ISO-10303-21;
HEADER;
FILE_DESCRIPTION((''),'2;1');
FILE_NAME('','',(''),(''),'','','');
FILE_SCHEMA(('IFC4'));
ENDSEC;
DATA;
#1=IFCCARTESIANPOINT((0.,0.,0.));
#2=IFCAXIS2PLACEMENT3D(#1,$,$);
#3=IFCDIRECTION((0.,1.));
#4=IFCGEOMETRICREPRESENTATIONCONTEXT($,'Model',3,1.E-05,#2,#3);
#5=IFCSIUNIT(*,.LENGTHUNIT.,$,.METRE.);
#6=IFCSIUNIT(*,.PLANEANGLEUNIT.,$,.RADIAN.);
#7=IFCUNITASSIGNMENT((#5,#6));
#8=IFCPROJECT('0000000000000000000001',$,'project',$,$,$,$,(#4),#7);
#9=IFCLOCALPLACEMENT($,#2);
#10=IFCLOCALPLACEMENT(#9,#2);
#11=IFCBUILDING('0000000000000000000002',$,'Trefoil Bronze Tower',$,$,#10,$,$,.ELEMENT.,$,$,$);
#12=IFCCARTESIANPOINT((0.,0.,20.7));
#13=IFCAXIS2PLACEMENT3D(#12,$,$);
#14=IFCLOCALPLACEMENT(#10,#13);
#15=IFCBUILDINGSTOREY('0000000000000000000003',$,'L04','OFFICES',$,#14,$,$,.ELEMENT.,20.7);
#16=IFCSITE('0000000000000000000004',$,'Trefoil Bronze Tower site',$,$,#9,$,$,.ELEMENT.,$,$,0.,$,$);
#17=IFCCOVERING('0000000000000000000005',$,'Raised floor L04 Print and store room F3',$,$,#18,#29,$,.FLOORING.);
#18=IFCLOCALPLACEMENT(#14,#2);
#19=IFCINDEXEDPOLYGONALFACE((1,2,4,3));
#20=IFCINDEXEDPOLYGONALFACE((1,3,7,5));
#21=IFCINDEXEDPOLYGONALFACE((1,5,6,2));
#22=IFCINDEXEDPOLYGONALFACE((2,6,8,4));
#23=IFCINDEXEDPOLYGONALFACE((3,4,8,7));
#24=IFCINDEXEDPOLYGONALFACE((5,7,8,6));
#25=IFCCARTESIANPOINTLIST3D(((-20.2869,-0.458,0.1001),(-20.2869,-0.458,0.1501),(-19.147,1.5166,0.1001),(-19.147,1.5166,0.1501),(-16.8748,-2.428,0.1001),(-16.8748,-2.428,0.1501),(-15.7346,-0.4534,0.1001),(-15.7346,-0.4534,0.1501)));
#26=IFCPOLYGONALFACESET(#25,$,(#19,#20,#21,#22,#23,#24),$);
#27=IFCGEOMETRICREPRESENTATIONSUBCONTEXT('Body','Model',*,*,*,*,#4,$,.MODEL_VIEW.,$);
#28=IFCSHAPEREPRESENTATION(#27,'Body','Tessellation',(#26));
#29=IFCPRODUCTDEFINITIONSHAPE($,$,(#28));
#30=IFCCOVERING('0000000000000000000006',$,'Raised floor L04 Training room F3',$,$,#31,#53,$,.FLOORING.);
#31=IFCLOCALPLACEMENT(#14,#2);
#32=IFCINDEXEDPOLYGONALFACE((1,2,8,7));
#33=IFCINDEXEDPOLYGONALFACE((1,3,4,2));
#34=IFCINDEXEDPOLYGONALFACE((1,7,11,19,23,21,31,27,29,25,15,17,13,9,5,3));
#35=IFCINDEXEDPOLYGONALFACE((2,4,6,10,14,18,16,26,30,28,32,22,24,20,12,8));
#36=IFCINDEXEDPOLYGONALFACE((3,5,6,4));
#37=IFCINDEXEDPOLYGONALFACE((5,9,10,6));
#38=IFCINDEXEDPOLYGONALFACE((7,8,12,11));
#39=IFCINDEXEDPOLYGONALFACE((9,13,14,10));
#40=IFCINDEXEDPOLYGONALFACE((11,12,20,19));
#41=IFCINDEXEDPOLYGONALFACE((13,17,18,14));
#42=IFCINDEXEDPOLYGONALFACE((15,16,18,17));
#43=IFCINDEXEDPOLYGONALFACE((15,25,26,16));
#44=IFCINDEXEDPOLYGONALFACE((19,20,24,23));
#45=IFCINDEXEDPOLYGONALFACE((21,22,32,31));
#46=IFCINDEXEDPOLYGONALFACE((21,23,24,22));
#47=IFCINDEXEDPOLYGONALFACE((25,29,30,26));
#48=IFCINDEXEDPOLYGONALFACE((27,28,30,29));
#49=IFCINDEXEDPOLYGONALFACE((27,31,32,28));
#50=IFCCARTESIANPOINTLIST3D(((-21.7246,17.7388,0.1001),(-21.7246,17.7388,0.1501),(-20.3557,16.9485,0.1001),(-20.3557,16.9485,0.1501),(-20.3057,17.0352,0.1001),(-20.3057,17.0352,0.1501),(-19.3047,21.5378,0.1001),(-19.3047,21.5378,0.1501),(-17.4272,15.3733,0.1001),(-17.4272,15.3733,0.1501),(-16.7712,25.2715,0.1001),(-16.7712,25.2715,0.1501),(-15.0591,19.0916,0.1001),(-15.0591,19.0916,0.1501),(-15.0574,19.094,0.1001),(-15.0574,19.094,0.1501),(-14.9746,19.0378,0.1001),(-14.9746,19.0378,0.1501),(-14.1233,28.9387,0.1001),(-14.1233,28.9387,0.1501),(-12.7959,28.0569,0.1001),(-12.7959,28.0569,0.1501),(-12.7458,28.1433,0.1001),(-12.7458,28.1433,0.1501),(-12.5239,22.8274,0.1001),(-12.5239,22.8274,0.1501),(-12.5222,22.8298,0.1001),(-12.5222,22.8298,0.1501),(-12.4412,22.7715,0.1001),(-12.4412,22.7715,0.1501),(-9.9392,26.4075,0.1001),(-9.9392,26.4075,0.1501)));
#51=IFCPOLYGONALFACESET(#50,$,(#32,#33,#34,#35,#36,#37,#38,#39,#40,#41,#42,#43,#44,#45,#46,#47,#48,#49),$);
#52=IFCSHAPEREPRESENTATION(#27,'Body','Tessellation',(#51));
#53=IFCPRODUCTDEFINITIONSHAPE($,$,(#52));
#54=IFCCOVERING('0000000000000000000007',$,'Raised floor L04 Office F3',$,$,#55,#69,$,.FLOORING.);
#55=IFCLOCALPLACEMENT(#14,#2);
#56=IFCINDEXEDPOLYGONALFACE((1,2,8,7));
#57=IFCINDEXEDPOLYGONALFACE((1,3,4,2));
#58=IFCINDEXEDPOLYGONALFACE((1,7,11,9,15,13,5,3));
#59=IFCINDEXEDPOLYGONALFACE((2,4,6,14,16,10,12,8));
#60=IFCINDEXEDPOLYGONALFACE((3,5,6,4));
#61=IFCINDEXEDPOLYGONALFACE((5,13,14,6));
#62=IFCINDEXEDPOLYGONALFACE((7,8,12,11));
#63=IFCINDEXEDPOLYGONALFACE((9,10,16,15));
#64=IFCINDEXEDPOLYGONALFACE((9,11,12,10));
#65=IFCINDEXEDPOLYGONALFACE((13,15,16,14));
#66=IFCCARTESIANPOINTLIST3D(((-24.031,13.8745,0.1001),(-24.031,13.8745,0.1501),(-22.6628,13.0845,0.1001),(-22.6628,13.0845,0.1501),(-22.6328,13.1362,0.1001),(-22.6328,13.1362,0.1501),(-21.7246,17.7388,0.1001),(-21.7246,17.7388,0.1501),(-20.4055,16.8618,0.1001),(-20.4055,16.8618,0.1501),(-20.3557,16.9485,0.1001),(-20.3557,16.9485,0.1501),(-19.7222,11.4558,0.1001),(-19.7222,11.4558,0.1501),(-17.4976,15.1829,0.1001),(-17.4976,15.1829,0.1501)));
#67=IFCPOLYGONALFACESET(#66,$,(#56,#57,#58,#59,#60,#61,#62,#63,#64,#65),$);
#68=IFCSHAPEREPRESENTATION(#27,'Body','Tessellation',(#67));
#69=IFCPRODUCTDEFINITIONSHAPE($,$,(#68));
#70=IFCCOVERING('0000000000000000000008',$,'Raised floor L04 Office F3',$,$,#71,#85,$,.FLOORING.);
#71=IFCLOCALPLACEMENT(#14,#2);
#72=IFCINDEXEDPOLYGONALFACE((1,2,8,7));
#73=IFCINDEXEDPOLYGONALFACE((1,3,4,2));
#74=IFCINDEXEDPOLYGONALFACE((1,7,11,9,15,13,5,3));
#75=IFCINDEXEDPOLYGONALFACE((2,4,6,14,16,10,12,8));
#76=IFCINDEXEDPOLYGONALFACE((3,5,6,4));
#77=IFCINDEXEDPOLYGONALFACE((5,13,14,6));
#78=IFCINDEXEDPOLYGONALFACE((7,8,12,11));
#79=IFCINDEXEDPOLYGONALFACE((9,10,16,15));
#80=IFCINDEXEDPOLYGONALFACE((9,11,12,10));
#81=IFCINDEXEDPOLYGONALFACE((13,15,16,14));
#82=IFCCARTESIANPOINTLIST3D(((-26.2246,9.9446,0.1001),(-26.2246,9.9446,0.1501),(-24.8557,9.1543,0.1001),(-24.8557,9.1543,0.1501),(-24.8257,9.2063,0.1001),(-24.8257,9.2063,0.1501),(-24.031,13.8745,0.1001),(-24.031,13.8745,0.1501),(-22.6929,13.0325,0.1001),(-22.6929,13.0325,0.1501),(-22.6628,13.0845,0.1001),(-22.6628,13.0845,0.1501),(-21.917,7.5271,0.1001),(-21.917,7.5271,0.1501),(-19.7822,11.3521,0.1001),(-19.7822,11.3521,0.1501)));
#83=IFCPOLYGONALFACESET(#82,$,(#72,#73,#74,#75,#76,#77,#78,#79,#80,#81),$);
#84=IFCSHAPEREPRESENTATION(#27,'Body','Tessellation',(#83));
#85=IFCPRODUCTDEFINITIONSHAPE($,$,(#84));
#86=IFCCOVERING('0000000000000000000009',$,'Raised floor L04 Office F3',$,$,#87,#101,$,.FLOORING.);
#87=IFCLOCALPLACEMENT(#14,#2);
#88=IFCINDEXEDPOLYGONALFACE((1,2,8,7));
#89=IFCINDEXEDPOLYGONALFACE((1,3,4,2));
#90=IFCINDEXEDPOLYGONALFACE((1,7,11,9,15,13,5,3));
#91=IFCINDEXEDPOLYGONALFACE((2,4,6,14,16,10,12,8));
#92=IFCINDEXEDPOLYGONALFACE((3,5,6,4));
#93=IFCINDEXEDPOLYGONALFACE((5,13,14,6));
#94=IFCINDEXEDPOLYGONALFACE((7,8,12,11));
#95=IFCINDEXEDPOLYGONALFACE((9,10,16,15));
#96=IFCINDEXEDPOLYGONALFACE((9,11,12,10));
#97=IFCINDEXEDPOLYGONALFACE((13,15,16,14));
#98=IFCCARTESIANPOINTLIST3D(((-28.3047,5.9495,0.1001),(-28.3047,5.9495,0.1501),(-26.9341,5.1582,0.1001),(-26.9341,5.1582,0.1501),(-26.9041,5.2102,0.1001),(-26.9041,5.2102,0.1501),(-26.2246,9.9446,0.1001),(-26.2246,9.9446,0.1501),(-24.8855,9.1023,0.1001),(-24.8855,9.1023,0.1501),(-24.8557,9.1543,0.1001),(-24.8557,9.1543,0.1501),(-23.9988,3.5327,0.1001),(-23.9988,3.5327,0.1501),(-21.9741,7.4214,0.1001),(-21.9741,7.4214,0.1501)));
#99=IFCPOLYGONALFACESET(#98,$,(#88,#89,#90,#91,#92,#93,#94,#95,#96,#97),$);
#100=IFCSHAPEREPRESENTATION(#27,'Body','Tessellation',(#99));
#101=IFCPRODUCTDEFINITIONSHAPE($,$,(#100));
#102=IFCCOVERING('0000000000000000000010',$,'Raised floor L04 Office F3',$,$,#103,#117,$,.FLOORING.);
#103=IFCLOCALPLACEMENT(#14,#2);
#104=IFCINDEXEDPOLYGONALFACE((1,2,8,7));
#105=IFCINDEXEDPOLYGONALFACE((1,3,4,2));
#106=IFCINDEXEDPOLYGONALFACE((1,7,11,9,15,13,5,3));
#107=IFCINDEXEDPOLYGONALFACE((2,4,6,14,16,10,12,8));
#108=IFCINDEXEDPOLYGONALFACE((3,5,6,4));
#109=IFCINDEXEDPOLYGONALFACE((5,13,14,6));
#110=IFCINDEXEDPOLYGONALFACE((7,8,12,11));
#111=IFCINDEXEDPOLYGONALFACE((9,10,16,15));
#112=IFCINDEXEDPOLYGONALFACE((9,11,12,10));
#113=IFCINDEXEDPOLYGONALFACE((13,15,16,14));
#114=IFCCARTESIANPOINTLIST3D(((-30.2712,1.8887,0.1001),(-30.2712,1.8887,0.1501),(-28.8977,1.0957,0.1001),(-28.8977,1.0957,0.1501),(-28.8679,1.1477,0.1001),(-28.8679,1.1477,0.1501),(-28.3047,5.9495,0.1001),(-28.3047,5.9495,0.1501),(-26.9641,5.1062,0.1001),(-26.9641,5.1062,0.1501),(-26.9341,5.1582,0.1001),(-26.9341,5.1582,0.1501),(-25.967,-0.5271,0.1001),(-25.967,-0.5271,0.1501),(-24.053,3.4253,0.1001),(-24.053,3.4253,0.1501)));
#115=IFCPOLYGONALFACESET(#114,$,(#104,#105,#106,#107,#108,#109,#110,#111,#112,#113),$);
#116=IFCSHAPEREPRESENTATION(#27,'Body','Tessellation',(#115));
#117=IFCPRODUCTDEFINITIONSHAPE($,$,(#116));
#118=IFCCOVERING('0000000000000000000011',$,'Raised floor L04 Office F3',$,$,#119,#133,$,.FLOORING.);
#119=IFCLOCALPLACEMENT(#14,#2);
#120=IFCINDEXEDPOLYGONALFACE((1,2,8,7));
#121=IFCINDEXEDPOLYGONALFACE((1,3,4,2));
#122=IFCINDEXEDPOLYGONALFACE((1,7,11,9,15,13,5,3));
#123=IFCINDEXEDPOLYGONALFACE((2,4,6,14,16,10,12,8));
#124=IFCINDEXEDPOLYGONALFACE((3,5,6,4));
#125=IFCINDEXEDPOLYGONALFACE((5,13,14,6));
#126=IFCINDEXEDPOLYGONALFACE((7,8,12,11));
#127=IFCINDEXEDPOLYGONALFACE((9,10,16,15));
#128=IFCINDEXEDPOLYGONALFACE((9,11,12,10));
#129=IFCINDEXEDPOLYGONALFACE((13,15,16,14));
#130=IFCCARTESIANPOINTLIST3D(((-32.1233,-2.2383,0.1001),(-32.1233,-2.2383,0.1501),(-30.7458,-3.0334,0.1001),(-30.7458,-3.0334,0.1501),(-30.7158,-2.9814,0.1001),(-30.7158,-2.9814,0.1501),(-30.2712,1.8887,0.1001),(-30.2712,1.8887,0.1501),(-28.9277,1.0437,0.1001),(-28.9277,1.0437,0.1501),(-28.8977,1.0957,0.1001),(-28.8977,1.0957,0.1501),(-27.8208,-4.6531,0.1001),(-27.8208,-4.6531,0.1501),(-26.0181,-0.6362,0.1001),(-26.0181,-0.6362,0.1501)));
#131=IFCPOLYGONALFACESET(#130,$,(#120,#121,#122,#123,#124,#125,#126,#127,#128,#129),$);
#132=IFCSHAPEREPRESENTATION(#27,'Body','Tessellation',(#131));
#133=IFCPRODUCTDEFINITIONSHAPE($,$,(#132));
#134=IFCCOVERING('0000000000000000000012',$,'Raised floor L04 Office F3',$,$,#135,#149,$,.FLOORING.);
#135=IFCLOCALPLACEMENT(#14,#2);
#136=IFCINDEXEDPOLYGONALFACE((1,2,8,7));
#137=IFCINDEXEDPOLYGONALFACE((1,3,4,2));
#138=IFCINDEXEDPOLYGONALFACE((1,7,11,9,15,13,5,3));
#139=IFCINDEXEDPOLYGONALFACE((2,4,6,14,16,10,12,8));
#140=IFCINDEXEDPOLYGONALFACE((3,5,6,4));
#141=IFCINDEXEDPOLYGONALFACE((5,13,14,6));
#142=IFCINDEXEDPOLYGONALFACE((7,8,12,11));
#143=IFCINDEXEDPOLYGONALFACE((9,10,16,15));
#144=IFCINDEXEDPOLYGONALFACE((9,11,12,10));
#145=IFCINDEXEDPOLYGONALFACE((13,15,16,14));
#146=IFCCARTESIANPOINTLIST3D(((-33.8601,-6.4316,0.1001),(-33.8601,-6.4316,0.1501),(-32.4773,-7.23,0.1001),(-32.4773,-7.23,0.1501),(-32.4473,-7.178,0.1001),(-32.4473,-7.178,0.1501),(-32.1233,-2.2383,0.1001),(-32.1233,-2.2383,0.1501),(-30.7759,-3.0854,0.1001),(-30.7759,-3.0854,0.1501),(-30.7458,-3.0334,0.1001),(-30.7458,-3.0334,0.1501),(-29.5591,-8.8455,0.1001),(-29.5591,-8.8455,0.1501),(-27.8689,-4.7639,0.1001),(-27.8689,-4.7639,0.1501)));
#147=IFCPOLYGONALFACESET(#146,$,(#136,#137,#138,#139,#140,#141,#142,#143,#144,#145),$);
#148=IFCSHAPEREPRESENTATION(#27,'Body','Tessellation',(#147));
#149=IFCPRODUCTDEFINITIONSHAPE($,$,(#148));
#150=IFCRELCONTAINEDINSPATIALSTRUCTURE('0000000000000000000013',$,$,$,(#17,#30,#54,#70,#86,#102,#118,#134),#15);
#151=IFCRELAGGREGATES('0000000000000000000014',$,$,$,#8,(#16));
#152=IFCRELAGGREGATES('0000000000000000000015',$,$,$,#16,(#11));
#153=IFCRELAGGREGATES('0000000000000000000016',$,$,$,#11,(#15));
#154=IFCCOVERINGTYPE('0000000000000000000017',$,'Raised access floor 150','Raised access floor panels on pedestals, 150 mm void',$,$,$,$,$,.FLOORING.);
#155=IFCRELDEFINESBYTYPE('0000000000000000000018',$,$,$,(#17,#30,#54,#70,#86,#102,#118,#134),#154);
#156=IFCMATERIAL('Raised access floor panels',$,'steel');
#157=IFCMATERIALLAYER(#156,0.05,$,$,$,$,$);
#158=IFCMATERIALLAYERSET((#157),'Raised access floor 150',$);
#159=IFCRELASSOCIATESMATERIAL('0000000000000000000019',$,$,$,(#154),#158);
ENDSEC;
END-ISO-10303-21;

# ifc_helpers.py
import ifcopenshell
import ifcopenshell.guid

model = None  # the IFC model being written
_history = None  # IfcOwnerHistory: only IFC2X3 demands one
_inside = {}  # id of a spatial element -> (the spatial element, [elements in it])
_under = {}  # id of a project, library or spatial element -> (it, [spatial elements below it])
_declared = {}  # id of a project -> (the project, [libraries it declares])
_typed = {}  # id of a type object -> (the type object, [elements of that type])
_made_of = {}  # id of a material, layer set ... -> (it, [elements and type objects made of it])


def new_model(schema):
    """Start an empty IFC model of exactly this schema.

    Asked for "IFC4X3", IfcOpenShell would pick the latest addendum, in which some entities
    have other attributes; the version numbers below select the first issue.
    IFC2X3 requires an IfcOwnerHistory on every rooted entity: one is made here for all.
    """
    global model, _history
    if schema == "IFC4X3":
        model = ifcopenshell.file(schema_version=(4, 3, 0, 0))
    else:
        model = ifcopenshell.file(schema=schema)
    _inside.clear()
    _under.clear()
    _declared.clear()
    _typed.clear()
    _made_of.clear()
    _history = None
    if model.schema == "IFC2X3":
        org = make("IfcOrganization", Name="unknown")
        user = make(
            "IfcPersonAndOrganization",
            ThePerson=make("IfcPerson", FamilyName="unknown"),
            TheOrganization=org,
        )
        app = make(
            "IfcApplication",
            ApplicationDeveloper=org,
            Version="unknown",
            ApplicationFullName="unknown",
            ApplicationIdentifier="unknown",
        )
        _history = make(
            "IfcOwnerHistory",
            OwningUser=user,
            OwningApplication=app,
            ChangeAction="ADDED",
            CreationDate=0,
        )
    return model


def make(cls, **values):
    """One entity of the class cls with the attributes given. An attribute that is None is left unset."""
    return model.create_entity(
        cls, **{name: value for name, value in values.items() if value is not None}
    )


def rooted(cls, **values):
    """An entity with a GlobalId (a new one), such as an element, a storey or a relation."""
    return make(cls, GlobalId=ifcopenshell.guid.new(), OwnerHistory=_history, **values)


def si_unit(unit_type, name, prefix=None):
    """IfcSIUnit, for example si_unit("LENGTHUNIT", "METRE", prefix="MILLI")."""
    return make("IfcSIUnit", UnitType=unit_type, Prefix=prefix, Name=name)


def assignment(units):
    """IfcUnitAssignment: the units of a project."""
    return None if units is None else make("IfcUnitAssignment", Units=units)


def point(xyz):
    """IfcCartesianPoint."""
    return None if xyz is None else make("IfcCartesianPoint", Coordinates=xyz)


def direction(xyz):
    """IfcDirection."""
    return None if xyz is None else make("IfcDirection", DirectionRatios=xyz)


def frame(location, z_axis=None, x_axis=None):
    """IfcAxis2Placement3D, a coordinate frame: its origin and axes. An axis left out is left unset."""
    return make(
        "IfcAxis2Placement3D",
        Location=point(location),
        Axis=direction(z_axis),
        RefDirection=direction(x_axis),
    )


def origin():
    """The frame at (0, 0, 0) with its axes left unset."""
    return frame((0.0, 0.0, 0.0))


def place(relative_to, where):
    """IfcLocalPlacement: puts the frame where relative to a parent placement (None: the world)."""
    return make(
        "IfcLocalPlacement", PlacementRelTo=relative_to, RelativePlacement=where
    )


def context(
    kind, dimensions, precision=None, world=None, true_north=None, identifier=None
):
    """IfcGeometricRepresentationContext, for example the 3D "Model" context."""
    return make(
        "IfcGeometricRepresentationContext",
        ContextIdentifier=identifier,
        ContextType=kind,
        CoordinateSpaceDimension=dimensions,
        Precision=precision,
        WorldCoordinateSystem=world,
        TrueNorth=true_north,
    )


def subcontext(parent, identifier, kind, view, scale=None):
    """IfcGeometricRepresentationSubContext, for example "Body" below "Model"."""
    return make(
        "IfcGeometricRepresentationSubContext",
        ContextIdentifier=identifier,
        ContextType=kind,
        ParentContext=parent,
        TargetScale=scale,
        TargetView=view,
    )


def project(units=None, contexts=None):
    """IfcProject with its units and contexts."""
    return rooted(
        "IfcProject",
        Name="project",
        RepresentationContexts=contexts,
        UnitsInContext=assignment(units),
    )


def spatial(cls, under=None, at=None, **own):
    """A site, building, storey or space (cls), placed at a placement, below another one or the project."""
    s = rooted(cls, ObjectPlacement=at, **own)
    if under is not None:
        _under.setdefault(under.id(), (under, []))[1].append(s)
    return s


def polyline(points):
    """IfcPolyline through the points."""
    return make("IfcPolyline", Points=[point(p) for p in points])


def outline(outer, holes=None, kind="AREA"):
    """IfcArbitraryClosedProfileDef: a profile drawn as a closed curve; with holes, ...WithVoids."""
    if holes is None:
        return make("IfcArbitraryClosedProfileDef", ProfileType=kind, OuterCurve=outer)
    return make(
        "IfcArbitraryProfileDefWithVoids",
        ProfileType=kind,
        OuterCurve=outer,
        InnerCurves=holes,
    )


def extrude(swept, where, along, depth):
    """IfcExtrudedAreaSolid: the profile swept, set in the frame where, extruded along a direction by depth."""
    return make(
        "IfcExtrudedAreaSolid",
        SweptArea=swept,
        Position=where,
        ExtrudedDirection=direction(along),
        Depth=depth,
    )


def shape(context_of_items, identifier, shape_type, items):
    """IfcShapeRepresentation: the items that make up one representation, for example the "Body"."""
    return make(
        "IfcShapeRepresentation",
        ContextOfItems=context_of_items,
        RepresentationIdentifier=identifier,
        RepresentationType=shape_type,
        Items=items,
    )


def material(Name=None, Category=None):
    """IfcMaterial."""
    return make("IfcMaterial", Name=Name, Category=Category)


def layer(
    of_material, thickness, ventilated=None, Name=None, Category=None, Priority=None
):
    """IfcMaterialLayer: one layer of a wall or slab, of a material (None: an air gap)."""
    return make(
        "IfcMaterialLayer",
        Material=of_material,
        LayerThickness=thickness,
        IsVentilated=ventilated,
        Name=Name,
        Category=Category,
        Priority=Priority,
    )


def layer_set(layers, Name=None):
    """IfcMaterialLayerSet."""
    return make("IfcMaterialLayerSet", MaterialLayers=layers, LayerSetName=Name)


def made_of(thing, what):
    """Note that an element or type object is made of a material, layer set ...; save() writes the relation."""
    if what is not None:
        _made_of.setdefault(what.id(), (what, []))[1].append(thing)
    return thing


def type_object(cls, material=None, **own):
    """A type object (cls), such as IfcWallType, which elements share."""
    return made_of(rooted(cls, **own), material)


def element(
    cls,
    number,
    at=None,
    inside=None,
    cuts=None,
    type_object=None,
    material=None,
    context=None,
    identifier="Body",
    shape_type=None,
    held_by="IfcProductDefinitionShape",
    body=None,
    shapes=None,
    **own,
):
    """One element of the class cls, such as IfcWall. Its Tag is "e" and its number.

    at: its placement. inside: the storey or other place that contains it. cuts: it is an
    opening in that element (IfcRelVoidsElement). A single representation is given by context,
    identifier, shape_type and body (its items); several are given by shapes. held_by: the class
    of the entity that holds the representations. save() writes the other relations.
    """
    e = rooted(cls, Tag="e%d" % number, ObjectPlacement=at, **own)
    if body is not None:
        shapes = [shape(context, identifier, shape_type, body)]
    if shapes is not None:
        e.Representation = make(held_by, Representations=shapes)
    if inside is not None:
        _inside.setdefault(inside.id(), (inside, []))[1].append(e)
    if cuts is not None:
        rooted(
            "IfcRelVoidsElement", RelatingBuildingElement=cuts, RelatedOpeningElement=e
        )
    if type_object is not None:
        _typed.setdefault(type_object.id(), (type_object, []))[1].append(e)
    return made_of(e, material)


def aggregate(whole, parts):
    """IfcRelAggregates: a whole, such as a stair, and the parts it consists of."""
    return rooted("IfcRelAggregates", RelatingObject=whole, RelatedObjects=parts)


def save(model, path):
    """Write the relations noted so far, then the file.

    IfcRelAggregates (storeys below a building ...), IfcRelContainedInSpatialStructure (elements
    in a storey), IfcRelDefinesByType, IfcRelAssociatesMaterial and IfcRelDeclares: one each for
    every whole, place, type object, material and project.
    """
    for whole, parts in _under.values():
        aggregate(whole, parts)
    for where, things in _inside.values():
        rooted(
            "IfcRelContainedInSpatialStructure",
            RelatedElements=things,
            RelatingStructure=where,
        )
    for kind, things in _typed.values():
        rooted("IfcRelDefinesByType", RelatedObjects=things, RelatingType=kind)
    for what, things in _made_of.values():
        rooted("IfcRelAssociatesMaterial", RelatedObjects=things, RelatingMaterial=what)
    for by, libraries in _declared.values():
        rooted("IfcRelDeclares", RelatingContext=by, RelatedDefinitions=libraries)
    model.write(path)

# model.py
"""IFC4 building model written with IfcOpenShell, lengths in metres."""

from ifc_helpers import new_model, si_unit, direction, frame, origin, place, context, subcontext, project, spatial, polyline, outline, extrude, material, layer, layer_set, type_object, element, save


model = new_model("IFC4")

# Units and contexts
model_context = context("Model", 3, precision=1e-05, world=origin(), true_north=direction((0.0, 1.0)))
body_context = subcontext(model_context, "Body", "Model", "MODEL_VIEW")
ifc_project = project(units=[si_unit("LENGTHUNIT", "METRE"), si_unit("PLANEANGLEUNIT", "RADIAN")], contexts=[model_context])

# Site, building, storey
site_placement = place(None, origin())
site = spatial("IfcSite", under=ifc_project, at=site_placement, Name="Trefoil Bronze Tower site", CompositionType="ELEMENT", RefElevation=0.0)
building_placement = place(site_placement, origin())
building = spatial("IfcBuilding", under=site, at=building_placement, Name="Trefoil Bronze Tower", CompositionType="ELEMENT")
storey_placement = place(building_placement, frame((0.0, 0.0, 20.7)))
storey = spatial("IfcBuildingStorey", under=building, at=storey_placement, Name="L04", Description="OFFICES", CompositionType="ELEMENT", Elevation=20.7)

# Coverings
ifc_material_1 = material(Name="Raised access floor panels", Category="steel")
ifc_layer_1 = layer(ifc_material_1, 0.05)
ifc_layer_set_1 = layer_set([ifc_layer_1], Name="Raised access floor 150")
covering_type_1 = type_object("IfcCoveringType", Name="Raised access floor 150", Description="Raised access floor panels on pedestals, 150 mm void", PredefinedType="FLOORING", material=ifc_layer_set_1)
covering_1_placement = place(storey_placement, frame((0.0, 0.0, 0.1001)))
element("IfcCovering", 1, at=covering_1_placement, inside=storey, type_object=covering_type_1, Name="Raised floor L04 Print and store room F3", PredefinedType="FLOORING", context=body_context, shape_type="SweptSolid", body=[
    extrude(outline(polyline([(-16.8748, -2.428), (-20.2869, -0.458), (-19.147, 1.5166), (-15.7346, -0.4534), (-16.8748, -2.428)])), origin(), (0.0, 0.0, 1.0), 0.05),
])
covering_2_placement = place(storey_placement, frame((0.0, 0.0, 0.1001)))
element("IfcCovering", 2, at=covering_2_placement, inside=storey, type_object=covering_type_1, Name="Raised floor L04 Training room F3", PredefinedType="FLOORING", context=body_context, shape_type="SweptSolid", body=[
    extrude(outline(polyline([(-16.7712, 25.2715), (-14.1233, 28.9387), (-12.7458, 28.1433), (-12.7959, 28.0569), (-9.9392, 26.4075), (-12.5222, 22.8298), (-12.4412, 22.7715), (-12.5239, 22.8274), (-15.0574, 19.094), (-14.9746, 19.0378), (-15.0591, 19.0916), (-17.4272, 15.3733), (-20.3057, 17.0352), (-20.3557, 16.9485), (-21.7246, 17.7388), (-19.3047, 21.5378), (-16.7712, 25.2715)])), origin(), (0.0, 0.0, 1.0), 0.05),
])
covering_3_placement = place(storey_placement, frame((0.0, 0.0, 0.1001)))
element("IfcCovering", 3, at=covering_3_placement, inside=storey, type_object=covering_type_1, Name="Raised floor L04 Office F3", PredefinedType="FLOORING", context=body_context, shape_type="SweptSolid", body=[
    extrude(outline(polyline([(-24.031, 13.8745), (-21.7246, 17.7388), (-20.3557, 16.9485), (-20.4055, 16.8618), (-17.4976, 15.1829), (-19.7222, 11.4558), (-22.6328, 13.1362), (-22.6628, 13.0845), (-24.031, 13.8745)])), origin(), (0.0, 0.0, 1.0), 0.05),
])
covering_4_placement = place(storey_placement, frame((0.0, 0.0, 0.1001)))
element("IfcCovering", 4, at=covering_4_placement, inside=storey, type_object=covering_type_1, Name="Raised floor L04 Office F3", PredefinedType="FLOORING", context=body_context, shape_type="SweptSolid", body=[
    extrude(outline(polyline([(-26.2246, 9.9446), (-24.031, 13.8745), (-22.6628, 13.0845), (-22.6929, 13.0325), (-19.7822, 11.3521), (-21.917, 7.5271), (-24.8257, 9.2063), (-24.8557, 9.1543), (-26.2246, 9.9446)])), origin(), (0.0, 0.0, 1.0), 0.05),
])
covering_5_placement = place(storey_placement, frame((0.0, 0.0, 0.1001)))
element("IfcCovering", 5, at=covering_5_placement, inside=storey, type_object=covering_type_1, Name="Raised floor L04 Office F3", PredefinedType="FLOORING", context=body_context, shape_type="SweptSolid", body=[
    extrude(outline(polyline([(-28.3047, 5.9495), (-26.2246, 9.9446), (-24.8557, 9.1543), (-24.8855, 9.1023), (-21.9741, 7.4214), (-23.9988, 3.5327), (-26.9041, 5.2102), (-26.9341, 5.1582), (-28.3047, 5.9495)])), origin(), (0.0, 0.0, 1.0), 0.05),
])
covering_6_placement = place(storey_placement, frame((0.0, 0.0, 0.1001)))
element("IfcCovering", 6, at=covering_6_placement, inside=storey, type_object=covering_type_1, Name="Raised floor L04 Office F3", PredefinedType="FLOORING", context=body_context, shape_type="SweptSolid", body=[
    extrude(outline(polyline([(-30.2712, 1.8887), (-28.3047, 5.9495), (-26.9341, 5.1582), (-26.9641, 5.1062), (-24.053, 3.4253), (-25.967, -0.5271), (-28.8679, 1.1477), (-28.8977, 1.0957), (-30.2712, 1.8887)])), origin(), (0.0, 0.0, 1.0), 0.05),
])
covering_7_placement = place(storey_placement, frame((0.0, 0.0, 0.1001)))
element("IfcCovering", 7, at=covering_7_placement, inside=storey, type_object=covering_type_1, Name="Raised floor L04 Office F3", PredefinedType="FLOORING", context=body_context, shape_type="SweptSolid", body=[
    extrude(outline(polyline([(-30.2712, 1.8887), (-28.8977, 1.0957), (-28.9277, 1.0437), (-26.0181, -0.6362), (-27.8208, -4.6531), (-30.7158, -2.9814), (-30.7458, -3.0334), (-32.1233, -2.2383), (-30.2712, 1.8887)])), origin(), (0.0, 0.0, 1.0), 0.05),
])
covering_8_placement = place(storey_placement, frame((0.0, 0.0, 0.1001)))
element("IfcCovering", 8, at=covering_8_placement, inside=storey, type_object=covering_type_1, Name="Raised floor L04 Office F3", PredefinedType="FLOORING", context=body_context, shape_type="SweptSolid", body=[
    extrude(outline(polyline([(-33.8601, -6.4316), (-32.1233, -2.2383), (-30.7458, -3.0334), (-30.7759, -3.0854), (-27.8689, -4.7639), (-29.5591, -8.8455), (-32.4473, -7.178), (-32.4773, -7.23), (-33.8601, -6.4316)])), origin(), (0.0, 0.0, 1.0), 0.05),
])

save(model, "model.ifc")
